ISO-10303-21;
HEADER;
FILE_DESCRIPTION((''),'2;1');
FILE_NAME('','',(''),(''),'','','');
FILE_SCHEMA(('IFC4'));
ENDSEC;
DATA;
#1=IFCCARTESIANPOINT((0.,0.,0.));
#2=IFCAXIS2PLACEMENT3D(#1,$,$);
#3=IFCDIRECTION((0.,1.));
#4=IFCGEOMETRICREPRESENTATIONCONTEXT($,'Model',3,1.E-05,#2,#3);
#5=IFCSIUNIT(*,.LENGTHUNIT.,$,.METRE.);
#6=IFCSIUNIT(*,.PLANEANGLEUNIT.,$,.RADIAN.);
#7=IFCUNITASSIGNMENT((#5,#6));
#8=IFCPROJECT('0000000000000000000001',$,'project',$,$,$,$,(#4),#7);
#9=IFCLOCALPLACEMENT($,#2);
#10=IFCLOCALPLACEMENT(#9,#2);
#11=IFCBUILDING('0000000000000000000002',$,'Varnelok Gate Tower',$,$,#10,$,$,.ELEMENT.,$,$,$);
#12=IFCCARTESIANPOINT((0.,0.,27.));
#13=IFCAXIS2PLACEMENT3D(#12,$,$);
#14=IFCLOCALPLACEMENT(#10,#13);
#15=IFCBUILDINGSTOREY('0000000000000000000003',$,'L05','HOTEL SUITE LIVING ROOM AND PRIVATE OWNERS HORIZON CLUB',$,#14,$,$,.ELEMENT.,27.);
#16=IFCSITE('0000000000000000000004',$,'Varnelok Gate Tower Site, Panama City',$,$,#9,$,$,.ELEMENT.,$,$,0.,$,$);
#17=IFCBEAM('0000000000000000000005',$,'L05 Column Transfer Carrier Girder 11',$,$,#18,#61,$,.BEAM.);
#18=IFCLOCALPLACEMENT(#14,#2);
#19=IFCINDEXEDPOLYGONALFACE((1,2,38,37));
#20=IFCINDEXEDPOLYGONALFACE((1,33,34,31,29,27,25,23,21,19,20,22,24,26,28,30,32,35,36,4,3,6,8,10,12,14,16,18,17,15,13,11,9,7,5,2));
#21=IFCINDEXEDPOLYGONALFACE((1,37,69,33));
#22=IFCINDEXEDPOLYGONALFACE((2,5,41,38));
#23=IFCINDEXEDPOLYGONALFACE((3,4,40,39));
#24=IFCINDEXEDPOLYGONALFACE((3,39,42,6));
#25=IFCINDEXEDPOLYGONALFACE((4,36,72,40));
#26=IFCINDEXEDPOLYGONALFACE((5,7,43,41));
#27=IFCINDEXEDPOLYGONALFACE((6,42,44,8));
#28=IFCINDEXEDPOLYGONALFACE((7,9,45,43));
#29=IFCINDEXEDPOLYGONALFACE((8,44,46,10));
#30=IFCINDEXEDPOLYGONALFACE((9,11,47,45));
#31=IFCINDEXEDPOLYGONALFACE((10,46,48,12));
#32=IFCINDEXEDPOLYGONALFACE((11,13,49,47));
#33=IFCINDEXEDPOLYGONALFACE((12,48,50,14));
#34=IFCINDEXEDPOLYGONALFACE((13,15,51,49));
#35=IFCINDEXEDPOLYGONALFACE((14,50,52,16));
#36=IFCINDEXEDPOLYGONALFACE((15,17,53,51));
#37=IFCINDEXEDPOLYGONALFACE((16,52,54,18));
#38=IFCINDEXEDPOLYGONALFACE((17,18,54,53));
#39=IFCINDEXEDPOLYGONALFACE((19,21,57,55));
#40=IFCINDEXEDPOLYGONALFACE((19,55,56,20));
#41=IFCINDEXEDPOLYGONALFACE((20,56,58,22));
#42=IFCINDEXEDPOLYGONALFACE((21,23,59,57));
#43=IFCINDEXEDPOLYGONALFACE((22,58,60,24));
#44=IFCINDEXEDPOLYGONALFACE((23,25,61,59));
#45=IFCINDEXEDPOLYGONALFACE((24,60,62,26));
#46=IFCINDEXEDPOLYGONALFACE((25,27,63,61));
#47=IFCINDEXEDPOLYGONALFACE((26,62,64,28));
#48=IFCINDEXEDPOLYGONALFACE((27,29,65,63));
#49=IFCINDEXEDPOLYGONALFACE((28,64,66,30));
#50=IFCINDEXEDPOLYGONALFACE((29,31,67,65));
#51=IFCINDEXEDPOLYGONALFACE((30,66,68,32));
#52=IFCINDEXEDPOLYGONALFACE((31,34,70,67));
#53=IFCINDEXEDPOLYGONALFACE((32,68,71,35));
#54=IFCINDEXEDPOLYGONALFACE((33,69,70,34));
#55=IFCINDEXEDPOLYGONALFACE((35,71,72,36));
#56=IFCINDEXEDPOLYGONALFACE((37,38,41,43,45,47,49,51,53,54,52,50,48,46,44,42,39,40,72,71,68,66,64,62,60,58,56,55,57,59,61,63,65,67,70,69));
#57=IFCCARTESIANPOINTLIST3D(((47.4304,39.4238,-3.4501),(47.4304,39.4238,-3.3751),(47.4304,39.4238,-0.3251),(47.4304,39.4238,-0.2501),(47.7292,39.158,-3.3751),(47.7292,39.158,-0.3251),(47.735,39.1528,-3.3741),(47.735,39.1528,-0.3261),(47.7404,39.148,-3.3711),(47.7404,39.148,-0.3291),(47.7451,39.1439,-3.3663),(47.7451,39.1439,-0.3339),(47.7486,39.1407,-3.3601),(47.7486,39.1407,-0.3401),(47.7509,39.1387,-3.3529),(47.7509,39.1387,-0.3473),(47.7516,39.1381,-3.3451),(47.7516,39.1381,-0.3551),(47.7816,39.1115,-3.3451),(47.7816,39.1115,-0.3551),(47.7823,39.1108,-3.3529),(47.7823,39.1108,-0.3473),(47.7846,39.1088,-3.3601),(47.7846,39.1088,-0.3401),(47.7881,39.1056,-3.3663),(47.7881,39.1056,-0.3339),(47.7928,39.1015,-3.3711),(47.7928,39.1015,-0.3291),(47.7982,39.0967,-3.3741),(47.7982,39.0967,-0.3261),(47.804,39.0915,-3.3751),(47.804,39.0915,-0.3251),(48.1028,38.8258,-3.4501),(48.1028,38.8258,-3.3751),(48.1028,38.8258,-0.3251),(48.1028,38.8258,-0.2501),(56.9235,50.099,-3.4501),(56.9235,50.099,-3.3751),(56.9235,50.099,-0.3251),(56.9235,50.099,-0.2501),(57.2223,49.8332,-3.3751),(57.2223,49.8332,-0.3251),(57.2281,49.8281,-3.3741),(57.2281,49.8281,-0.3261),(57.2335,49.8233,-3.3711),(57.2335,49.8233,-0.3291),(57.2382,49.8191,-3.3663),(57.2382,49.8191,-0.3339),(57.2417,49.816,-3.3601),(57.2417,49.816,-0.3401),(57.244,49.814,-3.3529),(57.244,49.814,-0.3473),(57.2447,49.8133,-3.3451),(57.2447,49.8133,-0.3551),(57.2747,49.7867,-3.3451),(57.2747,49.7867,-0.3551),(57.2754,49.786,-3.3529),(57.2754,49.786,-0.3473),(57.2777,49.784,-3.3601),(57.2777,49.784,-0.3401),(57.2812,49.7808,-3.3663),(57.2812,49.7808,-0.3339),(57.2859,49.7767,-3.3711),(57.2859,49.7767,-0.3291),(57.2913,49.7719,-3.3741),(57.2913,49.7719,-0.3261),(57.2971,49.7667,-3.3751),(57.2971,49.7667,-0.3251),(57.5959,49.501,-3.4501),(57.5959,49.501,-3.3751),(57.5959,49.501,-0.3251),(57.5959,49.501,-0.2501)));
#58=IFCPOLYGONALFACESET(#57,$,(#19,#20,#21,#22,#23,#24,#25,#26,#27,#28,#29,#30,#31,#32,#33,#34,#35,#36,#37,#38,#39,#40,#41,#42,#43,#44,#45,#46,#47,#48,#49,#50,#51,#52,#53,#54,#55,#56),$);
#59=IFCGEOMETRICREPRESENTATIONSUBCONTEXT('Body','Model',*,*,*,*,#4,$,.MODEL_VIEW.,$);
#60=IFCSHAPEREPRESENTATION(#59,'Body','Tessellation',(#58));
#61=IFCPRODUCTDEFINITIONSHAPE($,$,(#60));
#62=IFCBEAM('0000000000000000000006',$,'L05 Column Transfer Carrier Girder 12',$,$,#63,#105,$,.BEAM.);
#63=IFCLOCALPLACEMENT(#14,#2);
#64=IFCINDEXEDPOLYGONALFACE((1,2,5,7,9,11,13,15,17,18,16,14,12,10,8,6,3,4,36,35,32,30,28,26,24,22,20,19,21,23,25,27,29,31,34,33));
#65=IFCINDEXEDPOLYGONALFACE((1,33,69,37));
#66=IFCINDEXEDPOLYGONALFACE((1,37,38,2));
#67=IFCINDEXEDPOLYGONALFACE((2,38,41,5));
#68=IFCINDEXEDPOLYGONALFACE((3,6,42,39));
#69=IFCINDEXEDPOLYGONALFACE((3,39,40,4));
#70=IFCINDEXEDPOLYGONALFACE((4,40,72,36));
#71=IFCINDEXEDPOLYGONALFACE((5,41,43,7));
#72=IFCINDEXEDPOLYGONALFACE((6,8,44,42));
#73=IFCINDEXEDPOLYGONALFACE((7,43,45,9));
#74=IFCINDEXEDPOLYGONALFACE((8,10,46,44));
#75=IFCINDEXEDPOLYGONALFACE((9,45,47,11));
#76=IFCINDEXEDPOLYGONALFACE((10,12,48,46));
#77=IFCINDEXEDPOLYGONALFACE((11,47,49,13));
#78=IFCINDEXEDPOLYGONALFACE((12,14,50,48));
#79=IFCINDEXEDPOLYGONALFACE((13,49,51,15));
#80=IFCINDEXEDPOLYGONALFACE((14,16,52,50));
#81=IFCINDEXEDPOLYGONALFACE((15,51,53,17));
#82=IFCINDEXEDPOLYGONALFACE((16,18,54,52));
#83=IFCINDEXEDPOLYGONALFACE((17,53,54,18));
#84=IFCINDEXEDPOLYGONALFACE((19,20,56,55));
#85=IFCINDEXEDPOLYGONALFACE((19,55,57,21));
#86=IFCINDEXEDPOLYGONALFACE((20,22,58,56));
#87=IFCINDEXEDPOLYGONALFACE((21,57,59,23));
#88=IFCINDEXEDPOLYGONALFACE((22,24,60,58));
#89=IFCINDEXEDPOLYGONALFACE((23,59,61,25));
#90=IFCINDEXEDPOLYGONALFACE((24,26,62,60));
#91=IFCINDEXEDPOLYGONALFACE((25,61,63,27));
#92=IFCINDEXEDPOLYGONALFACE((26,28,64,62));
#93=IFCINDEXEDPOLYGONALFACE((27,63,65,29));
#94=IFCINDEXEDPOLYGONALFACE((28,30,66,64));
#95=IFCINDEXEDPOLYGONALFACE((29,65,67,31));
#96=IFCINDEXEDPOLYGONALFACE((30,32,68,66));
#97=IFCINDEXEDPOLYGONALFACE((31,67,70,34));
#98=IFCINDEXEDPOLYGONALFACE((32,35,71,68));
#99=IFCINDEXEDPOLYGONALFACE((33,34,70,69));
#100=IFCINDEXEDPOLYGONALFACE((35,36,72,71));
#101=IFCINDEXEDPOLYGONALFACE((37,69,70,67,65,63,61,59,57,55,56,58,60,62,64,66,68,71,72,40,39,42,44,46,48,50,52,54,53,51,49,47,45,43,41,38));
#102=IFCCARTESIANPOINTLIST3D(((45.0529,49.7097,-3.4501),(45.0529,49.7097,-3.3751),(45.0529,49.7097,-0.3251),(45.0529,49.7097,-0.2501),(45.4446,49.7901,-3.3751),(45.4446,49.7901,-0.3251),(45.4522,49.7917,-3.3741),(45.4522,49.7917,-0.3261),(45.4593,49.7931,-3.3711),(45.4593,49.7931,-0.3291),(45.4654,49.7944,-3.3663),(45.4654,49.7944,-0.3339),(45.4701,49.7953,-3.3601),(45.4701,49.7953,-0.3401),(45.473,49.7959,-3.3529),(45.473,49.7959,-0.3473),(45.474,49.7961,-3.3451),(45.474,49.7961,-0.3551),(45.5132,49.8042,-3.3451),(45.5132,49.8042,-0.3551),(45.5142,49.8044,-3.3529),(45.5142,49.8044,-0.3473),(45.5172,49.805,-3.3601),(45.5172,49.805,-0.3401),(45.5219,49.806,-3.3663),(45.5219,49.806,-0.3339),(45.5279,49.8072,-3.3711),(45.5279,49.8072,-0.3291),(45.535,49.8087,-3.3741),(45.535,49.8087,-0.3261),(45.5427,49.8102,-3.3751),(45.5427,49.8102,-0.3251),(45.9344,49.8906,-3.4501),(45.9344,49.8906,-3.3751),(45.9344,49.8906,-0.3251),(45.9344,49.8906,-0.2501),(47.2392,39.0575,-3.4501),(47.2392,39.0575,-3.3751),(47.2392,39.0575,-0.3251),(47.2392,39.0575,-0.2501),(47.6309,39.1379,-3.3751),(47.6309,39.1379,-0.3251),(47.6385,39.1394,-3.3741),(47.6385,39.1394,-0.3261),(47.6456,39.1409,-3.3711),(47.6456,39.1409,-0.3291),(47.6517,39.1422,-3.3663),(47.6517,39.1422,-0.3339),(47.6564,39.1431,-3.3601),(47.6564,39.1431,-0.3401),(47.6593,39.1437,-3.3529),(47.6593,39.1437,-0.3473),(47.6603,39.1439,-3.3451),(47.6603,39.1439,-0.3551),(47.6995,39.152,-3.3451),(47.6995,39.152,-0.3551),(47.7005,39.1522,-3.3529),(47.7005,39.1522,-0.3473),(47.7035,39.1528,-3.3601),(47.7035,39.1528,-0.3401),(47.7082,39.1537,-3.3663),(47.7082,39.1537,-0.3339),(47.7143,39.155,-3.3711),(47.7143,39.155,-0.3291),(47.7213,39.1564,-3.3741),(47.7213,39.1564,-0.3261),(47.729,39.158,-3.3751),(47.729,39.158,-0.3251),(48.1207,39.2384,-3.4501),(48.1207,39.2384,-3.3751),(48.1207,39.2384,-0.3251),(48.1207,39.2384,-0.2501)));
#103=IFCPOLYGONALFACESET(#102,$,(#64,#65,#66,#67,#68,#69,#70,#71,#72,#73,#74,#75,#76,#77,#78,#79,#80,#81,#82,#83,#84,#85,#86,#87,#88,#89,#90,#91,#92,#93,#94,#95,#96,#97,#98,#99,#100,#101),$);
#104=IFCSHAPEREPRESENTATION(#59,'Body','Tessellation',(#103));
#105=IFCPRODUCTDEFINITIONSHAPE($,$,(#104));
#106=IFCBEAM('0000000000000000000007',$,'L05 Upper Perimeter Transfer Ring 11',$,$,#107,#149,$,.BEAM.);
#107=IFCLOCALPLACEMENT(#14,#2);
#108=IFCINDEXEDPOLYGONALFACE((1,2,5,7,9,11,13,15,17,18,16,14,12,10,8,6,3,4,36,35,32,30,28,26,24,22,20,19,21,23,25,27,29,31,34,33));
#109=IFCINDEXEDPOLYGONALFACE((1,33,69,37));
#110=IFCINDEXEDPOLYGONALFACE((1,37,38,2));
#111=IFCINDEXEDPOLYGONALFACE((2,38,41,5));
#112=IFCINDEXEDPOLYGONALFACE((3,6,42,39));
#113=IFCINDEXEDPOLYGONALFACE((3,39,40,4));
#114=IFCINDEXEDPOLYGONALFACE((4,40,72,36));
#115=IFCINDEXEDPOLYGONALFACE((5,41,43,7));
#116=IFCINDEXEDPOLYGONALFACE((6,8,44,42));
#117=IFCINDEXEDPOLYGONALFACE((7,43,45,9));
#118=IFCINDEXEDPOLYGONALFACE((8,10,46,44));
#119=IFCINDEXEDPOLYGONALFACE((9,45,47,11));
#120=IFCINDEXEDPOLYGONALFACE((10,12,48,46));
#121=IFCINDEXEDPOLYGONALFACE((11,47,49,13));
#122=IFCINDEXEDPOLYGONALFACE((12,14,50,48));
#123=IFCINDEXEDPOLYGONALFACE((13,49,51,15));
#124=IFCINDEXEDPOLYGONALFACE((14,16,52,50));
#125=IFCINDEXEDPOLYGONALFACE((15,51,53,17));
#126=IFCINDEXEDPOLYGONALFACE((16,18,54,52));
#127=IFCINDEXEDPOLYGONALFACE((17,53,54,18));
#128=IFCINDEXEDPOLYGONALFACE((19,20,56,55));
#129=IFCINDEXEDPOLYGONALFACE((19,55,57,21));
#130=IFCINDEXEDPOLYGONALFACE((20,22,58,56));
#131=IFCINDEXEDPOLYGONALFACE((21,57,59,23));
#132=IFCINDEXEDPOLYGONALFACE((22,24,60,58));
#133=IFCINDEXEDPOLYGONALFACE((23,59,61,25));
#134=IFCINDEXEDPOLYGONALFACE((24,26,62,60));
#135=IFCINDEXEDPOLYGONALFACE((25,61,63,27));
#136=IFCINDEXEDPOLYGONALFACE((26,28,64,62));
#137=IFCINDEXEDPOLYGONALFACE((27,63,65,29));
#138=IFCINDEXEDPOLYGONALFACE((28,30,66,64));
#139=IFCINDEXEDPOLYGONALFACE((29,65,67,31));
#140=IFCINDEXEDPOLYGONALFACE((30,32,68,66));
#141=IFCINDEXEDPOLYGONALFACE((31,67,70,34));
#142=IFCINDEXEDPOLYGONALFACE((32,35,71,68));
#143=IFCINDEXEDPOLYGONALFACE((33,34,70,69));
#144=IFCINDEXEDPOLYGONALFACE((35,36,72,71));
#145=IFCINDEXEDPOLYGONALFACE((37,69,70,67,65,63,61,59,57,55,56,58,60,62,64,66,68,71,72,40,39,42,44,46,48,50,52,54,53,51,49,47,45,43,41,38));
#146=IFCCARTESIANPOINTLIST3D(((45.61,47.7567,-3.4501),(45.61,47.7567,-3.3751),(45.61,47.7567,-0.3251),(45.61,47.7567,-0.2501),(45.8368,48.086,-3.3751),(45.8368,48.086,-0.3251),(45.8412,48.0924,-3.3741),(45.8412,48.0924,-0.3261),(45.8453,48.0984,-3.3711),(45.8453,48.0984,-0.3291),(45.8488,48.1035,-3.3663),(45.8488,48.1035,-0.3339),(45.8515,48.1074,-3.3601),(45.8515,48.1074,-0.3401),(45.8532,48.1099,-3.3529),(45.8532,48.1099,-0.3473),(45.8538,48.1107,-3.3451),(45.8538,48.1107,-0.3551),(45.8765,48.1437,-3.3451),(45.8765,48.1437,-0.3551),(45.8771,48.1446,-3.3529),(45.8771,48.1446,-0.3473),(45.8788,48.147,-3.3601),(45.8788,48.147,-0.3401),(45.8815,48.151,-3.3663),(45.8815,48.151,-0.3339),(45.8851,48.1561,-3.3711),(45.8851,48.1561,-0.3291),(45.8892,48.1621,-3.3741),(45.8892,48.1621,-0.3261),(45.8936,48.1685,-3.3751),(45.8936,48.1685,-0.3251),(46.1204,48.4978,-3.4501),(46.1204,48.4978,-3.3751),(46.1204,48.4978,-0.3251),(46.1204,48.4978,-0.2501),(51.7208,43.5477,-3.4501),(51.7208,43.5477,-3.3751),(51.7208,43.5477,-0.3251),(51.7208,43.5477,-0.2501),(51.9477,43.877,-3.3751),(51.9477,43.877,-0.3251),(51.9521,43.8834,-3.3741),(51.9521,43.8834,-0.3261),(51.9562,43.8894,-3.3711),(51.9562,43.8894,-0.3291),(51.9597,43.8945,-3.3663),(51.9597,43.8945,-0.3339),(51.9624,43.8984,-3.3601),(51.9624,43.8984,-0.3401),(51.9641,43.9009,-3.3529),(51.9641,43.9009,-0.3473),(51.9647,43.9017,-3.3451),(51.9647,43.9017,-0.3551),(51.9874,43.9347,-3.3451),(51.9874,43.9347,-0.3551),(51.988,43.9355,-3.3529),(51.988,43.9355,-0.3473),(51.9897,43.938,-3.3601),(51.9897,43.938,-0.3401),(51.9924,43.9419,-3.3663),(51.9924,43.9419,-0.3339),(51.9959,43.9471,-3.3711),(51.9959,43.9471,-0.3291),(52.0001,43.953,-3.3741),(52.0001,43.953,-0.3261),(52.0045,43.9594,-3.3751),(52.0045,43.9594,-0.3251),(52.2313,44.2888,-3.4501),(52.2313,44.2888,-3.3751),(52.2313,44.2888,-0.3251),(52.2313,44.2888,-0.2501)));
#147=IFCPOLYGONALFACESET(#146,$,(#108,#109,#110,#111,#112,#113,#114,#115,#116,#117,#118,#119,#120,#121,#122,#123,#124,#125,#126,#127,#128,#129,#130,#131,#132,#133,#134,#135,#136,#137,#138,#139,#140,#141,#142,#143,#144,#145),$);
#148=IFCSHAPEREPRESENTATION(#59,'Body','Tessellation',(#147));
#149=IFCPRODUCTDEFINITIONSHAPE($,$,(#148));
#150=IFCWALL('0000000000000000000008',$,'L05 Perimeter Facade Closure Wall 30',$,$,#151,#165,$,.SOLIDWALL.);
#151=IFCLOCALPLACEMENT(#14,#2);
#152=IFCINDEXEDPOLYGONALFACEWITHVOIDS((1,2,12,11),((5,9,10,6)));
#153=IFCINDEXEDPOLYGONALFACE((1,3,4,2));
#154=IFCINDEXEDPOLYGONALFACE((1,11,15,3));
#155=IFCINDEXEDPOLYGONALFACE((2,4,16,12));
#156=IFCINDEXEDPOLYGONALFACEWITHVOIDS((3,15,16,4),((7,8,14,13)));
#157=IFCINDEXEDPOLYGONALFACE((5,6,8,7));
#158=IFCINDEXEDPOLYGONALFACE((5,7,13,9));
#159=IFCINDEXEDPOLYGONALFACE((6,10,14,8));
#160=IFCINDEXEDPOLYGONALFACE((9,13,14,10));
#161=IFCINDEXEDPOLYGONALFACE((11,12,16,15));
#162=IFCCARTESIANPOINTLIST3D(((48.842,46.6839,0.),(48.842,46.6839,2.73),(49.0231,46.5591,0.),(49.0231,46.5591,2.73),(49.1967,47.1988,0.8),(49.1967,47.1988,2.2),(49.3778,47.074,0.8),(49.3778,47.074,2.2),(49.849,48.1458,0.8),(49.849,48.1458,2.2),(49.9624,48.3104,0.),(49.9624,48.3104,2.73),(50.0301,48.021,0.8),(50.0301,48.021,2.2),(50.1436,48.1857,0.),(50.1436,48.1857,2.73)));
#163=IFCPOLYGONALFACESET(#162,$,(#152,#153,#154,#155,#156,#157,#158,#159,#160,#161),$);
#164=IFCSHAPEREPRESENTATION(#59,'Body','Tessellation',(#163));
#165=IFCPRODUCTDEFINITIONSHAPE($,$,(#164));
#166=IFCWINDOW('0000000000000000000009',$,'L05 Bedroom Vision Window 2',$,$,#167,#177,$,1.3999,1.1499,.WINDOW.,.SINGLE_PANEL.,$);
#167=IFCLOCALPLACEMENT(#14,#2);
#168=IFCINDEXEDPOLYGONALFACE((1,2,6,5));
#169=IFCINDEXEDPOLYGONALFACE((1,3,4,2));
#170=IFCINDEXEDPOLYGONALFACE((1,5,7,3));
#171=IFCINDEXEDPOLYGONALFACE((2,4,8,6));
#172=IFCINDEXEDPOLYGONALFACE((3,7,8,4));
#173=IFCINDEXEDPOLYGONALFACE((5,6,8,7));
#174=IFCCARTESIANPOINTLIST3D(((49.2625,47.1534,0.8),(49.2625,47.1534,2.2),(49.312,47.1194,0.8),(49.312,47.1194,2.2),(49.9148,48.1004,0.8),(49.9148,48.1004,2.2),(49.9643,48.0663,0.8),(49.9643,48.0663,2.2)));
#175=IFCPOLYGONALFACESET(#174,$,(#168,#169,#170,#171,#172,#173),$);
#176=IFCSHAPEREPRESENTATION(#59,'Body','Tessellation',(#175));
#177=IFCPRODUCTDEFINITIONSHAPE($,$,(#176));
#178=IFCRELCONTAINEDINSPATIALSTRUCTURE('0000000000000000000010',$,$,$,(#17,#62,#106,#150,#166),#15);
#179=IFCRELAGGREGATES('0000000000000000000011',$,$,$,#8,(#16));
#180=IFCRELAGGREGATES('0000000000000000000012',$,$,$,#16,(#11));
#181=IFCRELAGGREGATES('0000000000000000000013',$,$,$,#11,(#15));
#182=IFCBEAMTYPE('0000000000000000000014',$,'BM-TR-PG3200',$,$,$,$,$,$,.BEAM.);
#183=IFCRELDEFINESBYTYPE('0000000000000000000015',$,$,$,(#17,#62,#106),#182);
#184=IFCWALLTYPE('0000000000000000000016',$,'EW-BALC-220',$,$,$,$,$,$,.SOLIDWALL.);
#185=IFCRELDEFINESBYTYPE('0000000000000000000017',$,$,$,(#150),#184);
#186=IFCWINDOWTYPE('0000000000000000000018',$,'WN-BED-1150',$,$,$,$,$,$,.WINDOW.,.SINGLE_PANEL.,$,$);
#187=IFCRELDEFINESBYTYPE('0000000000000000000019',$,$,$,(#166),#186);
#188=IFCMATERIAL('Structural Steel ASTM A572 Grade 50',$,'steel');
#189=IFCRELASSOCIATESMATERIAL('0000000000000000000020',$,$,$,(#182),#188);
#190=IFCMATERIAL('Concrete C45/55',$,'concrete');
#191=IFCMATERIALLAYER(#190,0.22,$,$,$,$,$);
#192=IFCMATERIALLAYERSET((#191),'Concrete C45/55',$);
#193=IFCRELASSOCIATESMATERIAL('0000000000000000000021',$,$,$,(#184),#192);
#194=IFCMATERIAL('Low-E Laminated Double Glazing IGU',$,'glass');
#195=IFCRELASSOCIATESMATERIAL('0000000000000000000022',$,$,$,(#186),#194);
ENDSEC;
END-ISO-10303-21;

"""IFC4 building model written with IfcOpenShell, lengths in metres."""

from ifc_helpers import new_model, si_unit, direction, frame, frame_2d, origin, origin_2d, place, context, subcontext, project, spatial, rectangle, i_section, extrude, material, layer, layer_set, material_profile, profile_set, type_object, element, fill, save


model = new_model("IFC4")

# Units and contexts
model_context = context("Model", 3, precision=1e-05, world=origin(), true_north=direction((0.0, 1.0)))
body_context = subcontext(model_context, "Body", "Model", "MODEL_VIEW")
ifc_project = project(units=[si_unit("LENGTHUNIT", "METRE"), si_unit("PLANEANGLEUNIT", "RADIAN")], contexts=[model_context])

# Site, building, storey
site_placement = place(None, origin())
site = spatial("IfcSite", under=ifc_project, at=site_placement, Name="Varnelok Gate Tower Site, Panama City", CompositionType="ELEMENT", RefElevation=0.0)
building_placement = place(site_placement, origin())
building = spatial("IfcBuilding", under=site, at=building_placement, Name="Varnelok Gate Tower", CompositionType="ELEMENT")
storey_placement = place(building_placement, frame((0.0, 0.0, 27.0)))
storey = spatial("IfcBuildingStorey", under=building, at=storey_placement, Name="L05", Description="HOTEL SUITE LIVING ROOM AND PRIVATE OWNERS HORIZON CLUB", CompositionType="ELEMENT", Elevation=27.0)

# Beams
ifc_material_1 = material(Name="Structural Steel ASTM A572 Grade 50", Category="steel")
ifc_material_profile_1 = material_profile(ifc_material_1, i_section(OverallWidth=0.8999, OverallDepth=3.2, WebThickness=0.04, FlangeThickness=0.075, FilletRadius=0.03, at=origin_2d()), Name="PG3200X900")
ifc_profile_set_1 = profile_set([ifc_material_profile_1], Name="Structural Steel ASTM A572 Grade 50")
beam_type_1 = type_object("IfcBeamType", Name="BM-TR-PG3200", PredefinedType="BEAM", material=ifc_profile_set_1)
beam_1_placement = place(storey_placement, frame((47.7666, 39.1248, -1.8501), z_axis=(0.664521, 0.74727, 0.0), x_axis=(-0.74727, 0.664521, 0.0)))
element("IfcBeam", 1, at=beam_1_placement, inside=storey, type_object=beam_type_1, Name="L05 Column Transfer Carrier Girder 11", PredefinedType="BEAM", context=body_context, shape_type="SweptSolid", body=[
    extrude(i_section(OverallWidth=0.8999, OverallDepth=3.2, WebThickness=0.04, FlangeThickness=0.075, FilletRadius=0.03, at=origin_2d()), origin(), (0.0, 0.0, 1.0), 14.2856),
])
beam_2_placement = place(storey_placement, frame((47.6799, 39.1479, -1.8501), z_axis=(-0.201053, 0.97958, 0.0), x_axis=(-0.97958, -0.201053, 0.0)))
element("IfcBeam", 2, at=beam_2_placement, inside=storey, type_object=beam_type_1, Name="L05 Column Transfer Carrier Girder 12", PredefinedType="BEAM", context=body_context, shape_type="SweptSolid", body=[
    extrude(i_section(OverallWidth=0.8999, OverallDepth=3.2, WebThickness=0.04, FlangeThickness=0.075, FilletRadius=0.03, at=origin_2d()), origin(), (0.0, 0.0, 1.0), 10.8743),
])
beam_3_placement = place(storey_placement, frame((51.9761, 43.9182, -1.8501), z_axis=(-0.823552, 0.567241, 0.0), x_axis=(-0.567241, -0.823552, 0.0)))
element("IfcBeam", 3, at=beam_3_placement, inside=storey, type_object=beam_type_1, Name="L05 Upper Perimeter Transfer Ring 11", PredefinedType="BEAM", context=body_context, shape_type="SweptSolid", body=[
    extrude(i_section(OverallWidth=0.8999, OverallDepth=3.2, WebThickness=0.04, FlangeThickness=0.075, FilletRadius=0.03, at=origin_2d()), origin(), (0.0, 0.0, 1.0), 7.4202),
])

# Wall, opening, window
ifc_material_2 = material(Name="Concrete C45/55", Category="concrete")
ifc_layer_1 = layer(ifc_material_2, 0.22)
ifc_layer_set_1 = layer_set([ifc_layer_1], Name="Concrete C45/55")
wall_type_1 = type_object("IfcWallType", Name="EW-BALC-220", PredefinedType="SOLIDWALL", material=ifc_layer_set_1)
wall_1_placement = place(storey_placement, frame((50.053, 48.248, 0.0), z_axis=(0.0, 0.0, 1.0), x_axis=(-0.567274, -0.823529, 0.0)))
wall_1 = element("IfcWall", 4, at=wall_1_placement, inside=storey, type_object=wall_type_1, Name="L05 Perimeter Facade Closure Wall 30", PredefinedType="SOLIDWALL", context=body_context, shape_type="SweptSolid", body=[
    extrude(rectangle(XDim=1.9751, YDim=0.22, at=frame_2d((0.9875, 0.0))), origin(), (0.0, 0.0, 1.0), 2.73),
])
opening_1_placement = place(wall_1_placement, frame((0.2, 0.0, 0.8)))
opening_1 = element("IfcOpeningElement", 5, at=opening_1_placement, cuts=wall_1, PredefinedType="OPENING", context=body_context, shape_type="SweptSolid", body=[
    extrude(rectangle(XDim=1.1499, YDim=1.3999, at=frame_2d((0.575, 0.7))), frame((0.0, 0.1199, 0.0), z_axis=(0.0, -1.0, 0.0), x_axis=(1.0, 0.0, 0.0)), (0.0, 0.0, 1.0), 0.24),
])
ifc_material_3 = material(Name="Low-E Laminated Double Glazing IGU", Category="glass")
window_type = type_object("IfcWindowType", Name="WN-BED-1150", PartitioningType="SINGLE_PANEL", PredefinedType="WINDOW", material=ifc_material_3)
window_placement = place(opening_1_placement, origin())
window = element("IfcWindow", 6, at=window_placement, inside=storey, type_object=window_type, Name="L05 Bedroom Vision Window 2", OverallHeight=1.3999, OverallWidth=1.1499, PartitioningType="SINGLE_PANEL", PredefinedType="WINDOW", context=body_context, shape_type="SweptSolid", body=[
    extrude(rectangle(XDim=1.1499, YDim=1.3999, at=frame_2d((0.575, 0.7))), frame((0.0, 0.03, 0.0), z_axis=(0.0, -1.0, 0.0), x_axis=(1.0, 0.0, 0.0)), (0.0, 0.0, 1.0), 0.0601),
])
fill(opening_1, window)

save(model, "model.ifc")
